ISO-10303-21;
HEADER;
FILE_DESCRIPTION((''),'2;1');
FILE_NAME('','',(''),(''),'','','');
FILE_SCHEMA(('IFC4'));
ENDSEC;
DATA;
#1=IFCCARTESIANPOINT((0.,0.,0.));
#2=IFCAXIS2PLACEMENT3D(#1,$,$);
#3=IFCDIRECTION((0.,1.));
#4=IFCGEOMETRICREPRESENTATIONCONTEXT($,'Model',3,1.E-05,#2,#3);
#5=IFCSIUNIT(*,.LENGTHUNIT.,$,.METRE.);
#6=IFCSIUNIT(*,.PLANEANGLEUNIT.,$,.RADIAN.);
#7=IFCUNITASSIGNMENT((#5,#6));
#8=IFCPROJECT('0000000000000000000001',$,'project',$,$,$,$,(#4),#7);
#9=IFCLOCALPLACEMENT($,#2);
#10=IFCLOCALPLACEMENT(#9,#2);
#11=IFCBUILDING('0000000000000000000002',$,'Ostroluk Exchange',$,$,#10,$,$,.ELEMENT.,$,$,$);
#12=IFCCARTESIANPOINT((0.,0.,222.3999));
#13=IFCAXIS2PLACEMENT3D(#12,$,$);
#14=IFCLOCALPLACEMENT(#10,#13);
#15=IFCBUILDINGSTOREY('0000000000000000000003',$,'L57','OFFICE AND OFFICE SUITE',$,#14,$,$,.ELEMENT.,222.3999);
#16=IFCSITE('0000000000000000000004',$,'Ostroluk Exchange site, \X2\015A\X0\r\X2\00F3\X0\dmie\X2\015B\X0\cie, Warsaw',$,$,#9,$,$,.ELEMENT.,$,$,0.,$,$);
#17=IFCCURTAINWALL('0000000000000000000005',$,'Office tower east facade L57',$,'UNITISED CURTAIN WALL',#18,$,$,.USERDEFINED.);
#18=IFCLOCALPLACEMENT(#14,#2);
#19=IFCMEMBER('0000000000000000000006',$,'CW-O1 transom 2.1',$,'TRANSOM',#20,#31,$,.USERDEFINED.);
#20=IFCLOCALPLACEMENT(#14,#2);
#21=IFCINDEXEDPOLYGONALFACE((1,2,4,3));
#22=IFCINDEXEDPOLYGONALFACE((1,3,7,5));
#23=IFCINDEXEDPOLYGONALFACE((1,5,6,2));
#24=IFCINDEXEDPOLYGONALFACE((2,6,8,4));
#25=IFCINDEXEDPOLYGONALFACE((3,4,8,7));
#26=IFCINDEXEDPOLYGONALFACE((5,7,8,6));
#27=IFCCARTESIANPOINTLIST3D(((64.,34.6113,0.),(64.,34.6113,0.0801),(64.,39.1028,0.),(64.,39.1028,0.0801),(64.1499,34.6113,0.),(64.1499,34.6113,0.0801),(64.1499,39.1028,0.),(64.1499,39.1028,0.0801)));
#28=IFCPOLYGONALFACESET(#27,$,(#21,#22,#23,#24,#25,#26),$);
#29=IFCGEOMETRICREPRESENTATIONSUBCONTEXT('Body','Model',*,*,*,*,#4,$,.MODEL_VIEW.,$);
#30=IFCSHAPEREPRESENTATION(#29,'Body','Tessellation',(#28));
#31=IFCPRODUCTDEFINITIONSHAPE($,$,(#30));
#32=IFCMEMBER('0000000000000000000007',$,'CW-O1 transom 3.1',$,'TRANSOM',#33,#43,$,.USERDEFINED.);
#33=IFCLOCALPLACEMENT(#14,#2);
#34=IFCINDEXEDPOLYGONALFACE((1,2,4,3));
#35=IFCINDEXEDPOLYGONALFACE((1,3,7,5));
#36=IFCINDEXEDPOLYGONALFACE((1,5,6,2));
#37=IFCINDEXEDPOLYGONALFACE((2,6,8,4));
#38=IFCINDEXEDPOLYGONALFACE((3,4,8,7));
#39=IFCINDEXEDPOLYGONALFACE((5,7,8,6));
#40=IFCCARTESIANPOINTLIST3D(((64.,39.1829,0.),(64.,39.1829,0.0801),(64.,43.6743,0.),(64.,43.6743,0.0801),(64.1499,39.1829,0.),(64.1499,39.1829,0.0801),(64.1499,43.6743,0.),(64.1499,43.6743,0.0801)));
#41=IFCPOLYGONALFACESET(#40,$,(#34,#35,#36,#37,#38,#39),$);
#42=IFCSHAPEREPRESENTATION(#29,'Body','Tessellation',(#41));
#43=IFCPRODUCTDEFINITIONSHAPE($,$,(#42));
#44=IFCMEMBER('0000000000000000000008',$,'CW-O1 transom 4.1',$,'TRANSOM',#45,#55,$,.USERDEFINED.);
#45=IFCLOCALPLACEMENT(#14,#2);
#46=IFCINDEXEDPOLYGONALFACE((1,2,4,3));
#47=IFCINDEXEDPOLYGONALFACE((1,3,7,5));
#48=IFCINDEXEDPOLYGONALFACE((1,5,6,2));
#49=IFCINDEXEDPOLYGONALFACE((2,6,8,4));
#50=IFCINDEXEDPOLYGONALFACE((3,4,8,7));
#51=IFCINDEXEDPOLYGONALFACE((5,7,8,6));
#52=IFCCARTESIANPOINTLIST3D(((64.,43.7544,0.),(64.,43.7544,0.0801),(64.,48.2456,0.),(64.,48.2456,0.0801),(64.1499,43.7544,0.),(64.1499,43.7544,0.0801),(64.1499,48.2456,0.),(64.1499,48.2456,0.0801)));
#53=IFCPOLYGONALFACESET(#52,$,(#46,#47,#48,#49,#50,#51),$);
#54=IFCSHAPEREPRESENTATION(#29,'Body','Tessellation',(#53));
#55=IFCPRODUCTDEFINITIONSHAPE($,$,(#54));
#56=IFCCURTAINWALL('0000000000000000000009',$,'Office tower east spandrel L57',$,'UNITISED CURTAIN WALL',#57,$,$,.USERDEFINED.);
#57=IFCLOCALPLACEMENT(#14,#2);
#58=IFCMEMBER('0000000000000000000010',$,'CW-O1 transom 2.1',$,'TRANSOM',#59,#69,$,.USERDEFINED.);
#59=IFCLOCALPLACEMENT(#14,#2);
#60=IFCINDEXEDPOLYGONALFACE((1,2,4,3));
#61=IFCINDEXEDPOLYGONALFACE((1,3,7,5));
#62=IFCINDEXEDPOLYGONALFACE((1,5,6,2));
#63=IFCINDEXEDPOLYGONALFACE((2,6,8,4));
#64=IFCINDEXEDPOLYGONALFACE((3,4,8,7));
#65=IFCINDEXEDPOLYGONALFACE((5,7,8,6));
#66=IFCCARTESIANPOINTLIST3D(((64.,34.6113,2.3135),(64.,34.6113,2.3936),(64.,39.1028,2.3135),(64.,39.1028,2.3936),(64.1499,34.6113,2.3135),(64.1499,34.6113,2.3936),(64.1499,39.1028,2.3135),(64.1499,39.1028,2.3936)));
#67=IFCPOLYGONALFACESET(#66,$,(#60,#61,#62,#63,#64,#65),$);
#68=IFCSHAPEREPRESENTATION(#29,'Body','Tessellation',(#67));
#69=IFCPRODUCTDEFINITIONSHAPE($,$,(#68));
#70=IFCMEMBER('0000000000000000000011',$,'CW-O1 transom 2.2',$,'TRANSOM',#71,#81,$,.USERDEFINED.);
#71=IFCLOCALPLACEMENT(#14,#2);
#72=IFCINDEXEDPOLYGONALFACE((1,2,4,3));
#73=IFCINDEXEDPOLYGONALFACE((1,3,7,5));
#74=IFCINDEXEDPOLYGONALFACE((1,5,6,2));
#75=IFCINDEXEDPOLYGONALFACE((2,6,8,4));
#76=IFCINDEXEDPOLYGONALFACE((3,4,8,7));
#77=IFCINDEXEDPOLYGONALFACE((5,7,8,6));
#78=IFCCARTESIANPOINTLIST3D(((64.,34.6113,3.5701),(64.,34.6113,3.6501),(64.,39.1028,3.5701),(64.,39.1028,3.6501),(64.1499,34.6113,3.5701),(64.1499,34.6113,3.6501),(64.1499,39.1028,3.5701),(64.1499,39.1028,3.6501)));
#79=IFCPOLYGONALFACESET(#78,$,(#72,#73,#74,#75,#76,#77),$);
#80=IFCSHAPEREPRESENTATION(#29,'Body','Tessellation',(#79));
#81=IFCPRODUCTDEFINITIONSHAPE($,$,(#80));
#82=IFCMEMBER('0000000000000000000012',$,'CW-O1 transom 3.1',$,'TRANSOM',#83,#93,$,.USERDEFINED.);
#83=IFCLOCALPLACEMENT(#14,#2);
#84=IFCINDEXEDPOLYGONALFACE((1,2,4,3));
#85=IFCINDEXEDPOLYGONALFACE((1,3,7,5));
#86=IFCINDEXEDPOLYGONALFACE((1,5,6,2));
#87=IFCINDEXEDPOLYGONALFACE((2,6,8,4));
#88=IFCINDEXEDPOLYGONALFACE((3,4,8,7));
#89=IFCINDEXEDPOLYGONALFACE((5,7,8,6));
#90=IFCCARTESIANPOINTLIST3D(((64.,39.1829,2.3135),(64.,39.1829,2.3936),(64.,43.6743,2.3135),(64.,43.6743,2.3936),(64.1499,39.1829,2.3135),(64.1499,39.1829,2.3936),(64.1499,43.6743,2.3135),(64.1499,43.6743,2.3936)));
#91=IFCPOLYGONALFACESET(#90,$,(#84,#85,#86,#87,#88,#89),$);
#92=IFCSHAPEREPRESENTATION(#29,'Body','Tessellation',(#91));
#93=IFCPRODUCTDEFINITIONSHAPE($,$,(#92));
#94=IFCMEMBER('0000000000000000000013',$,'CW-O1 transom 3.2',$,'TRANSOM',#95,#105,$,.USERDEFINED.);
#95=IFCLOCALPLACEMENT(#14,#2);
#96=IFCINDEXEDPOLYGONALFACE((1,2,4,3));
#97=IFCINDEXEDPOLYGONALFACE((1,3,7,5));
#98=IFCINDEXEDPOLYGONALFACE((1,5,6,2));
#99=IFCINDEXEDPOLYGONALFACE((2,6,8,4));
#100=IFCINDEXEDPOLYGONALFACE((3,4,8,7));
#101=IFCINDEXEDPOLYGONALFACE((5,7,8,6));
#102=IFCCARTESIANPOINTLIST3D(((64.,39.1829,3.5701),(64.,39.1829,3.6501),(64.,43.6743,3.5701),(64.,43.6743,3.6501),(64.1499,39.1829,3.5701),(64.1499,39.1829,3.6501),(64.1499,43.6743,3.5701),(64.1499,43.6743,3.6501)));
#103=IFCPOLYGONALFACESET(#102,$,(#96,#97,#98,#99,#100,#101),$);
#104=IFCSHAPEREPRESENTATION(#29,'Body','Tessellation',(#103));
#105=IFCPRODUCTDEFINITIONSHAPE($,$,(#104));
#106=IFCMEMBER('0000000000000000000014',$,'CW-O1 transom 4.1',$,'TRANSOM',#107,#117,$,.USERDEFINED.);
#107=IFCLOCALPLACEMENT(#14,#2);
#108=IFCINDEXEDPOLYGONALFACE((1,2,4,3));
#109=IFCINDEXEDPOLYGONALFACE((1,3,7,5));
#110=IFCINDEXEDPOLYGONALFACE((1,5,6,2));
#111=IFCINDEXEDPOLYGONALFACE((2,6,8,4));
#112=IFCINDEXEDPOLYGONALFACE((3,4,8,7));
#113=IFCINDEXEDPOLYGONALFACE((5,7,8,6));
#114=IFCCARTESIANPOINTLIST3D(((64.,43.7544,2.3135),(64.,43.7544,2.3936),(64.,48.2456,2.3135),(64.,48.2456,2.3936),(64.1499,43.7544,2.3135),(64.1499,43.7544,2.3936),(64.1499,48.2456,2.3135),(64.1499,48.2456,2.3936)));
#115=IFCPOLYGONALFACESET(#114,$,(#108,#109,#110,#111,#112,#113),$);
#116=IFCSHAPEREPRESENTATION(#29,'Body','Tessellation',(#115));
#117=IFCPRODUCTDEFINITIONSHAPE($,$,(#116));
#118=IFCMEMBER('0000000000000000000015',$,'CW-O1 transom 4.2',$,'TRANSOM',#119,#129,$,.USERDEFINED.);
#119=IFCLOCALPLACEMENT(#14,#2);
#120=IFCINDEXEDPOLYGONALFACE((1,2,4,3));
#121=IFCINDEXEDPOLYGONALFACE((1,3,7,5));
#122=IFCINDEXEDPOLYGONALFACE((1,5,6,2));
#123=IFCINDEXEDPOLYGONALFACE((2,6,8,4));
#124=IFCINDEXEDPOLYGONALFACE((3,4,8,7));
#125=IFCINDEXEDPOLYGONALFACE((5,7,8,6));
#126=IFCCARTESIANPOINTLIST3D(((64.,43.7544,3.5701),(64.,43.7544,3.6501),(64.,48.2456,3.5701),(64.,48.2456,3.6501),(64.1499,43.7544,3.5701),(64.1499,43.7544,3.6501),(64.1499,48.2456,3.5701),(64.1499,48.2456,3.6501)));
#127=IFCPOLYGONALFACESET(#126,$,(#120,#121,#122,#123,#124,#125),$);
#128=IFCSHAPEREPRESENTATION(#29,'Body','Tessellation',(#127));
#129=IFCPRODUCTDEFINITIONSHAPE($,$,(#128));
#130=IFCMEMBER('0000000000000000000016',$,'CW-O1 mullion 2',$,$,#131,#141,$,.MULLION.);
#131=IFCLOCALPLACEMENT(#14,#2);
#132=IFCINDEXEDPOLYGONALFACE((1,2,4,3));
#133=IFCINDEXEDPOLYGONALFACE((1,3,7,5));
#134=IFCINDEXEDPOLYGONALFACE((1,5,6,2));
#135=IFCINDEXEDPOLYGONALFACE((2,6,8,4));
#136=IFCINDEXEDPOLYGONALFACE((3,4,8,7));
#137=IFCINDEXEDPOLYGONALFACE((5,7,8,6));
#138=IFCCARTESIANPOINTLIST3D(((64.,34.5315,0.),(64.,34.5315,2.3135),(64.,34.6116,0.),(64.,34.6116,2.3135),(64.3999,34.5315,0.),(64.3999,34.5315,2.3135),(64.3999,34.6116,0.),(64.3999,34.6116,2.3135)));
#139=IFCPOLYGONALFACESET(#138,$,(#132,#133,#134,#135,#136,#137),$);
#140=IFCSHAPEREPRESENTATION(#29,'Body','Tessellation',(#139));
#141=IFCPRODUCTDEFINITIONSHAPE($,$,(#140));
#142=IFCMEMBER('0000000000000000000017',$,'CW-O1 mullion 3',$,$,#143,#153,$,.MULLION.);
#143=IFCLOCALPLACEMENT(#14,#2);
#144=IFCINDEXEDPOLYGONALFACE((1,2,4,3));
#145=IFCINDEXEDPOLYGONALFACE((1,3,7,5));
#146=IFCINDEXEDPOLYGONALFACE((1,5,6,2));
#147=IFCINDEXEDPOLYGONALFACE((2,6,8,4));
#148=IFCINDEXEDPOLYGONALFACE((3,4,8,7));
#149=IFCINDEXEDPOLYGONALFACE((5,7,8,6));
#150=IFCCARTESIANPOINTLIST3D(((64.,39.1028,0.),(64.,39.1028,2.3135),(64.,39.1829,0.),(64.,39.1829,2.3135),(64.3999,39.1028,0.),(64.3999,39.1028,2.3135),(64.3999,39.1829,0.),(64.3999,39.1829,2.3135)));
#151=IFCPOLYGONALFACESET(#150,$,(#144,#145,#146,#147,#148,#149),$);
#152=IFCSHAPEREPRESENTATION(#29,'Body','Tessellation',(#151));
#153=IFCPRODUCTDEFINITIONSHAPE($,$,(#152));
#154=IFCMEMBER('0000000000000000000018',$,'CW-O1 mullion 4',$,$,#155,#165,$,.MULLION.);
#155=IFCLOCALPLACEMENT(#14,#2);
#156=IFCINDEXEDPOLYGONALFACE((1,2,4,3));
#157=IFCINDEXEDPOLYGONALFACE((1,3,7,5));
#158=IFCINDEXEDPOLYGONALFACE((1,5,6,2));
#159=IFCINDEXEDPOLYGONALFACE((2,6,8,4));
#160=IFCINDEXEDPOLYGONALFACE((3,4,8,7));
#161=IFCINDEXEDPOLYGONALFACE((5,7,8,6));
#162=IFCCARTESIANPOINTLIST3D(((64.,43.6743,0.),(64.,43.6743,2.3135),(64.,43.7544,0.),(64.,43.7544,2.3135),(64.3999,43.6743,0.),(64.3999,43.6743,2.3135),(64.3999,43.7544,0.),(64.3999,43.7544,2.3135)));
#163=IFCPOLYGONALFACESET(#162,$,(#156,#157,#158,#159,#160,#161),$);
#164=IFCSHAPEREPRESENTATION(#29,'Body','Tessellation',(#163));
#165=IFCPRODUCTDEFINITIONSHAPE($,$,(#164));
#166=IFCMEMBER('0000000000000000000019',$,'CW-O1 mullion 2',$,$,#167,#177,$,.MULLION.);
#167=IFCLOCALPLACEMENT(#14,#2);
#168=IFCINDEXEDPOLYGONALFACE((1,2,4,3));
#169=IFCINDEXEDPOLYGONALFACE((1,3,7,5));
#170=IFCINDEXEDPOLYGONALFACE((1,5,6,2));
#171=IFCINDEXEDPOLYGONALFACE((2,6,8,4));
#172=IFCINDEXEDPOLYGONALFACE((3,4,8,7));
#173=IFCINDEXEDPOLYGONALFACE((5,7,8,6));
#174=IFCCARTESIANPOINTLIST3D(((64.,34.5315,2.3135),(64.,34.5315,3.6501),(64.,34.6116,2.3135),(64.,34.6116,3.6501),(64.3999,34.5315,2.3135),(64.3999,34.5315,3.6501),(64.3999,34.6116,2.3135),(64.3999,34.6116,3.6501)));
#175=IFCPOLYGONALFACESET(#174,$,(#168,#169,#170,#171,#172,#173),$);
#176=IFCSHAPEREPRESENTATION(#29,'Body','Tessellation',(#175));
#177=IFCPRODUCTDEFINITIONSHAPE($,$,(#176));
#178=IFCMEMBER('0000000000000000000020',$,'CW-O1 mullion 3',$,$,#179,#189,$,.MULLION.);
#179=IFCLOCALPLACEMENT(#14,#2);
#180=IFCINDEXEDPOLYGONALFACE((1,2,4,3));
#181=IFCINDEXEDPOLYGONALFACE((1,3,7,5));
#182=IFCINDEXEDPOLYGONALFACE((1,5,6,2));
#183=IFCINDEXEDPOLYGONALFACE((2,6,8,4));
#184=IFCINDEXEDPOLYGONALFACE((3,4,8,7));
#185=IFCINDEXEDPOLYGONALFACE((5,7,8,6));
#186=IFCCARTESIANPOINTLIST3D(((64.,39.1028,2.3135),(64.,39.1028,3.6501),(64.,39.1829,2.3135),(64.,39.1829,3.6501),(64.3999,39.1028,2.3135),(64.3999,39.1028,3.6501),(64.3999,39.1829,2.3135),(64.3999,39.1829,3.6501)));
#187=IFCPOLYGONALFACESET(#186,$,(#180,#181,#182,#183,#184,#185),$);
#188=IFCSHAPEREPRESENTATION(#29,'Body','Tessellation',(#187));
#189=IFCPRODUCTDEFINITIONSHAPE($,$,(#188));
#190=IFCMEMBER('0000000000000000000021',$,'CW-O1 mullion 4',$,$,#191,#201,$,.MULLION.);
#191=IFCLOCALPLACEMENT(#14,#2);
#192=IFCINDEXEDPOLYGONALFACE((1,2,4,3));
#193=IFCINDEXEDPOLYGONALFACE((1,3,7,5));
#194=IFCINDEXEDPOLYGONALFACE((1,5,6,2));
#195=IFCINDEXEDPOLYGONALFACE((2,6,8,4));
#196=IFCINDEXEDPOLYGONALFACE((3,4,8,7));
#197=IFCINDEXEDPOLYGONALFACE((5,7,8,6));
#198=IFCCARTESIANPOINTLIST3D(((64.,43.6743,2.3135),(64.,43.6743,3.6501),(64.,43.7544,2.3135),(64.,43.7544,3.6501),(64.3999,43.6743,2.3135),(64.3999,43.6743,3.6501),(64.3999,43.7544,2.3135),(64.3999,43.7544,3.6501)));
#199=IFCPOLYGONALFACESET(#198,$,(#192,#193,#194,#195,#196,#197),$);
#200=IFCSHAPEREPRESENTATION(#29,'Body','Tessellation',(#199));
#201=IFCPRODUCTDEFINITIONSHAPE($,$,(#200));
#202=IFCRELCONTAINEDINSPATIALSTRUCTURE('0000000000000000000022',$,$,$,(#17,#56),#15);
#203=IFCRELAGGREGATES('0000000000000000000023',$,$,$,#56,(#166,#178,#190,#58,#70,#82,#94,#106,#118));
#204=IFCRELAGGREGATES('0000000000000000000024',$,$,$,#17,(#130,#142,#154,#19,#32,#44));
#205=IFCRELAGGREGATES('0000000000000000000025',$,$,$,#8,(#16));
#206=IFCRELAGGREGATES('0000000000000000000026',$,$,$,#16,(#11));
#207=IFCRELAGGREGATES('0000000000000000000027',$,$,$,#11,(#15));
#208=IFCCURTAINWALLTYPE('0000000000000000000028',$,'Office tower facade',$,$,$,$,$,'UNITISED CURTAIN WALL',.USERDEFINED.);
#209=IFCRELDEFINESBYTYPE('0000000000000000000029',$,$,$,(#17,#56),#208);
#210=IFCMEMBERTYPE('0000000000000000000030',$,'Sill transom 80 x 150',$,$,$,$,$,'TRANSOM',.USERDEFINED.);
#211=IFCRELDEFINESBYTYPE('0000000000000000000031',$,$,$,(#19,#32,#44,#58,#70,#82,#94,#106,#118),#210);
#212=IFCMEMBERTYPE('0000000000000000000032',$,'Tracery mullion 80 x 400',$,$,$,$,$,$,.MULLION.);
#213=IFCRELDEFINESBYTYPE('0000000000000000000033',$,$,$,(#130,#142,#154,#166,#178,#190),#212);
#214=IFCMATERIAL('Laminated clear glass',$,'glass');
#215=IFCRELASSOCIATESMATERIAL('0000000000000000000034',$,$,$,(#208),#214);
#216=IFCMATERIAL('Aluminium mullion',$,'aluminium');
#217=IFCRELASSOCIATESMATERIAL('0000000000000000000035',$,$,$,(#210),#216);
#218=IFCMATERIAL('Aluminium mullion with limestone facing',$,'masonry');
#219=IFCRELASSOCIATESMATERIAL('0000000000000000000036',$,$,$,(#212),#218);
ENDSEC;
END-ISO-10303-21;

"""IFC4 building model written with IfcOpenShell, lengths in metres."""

from ifc_helpers import new_model, si_unit, direction, frame, origin, origin_2d, place, context, subcontext, project, spatial, rectangle, extrude, material, material_profile, profile_set, type_object, element, aggregate, save


model = new_model("IFC4")

# Units and contexts
model_context = context("Model", 3, precision=1e-05, world=origin(), true_north=direction((0.0, 1.0)))
body_context = subcontext(model_context, "Body", "Model", "MODEL_VIEW")
ifc_project = project(units=[si_unit("LENGTHUNIT", "METRE"), si_unit("PLANEANGLEUNIT", "RADIAN")], contexts=[model_context])

# Site, building, storey
site_placement = place(None, origin())
site = spatial("IfcSite", under=ifc_project, at=site_placement, Name="Ostroluk Exchange site, Śródmieście, Warsaw", CompositionType="ELEMENT", RefElevation=0.0)
building_placement = place(site_placement, origin())
building = spatial("IfcBuilding", under=site, at=building_placement, Name="Ostroluk Exchange", CompositionType="ELEMENT")
storey_placement = place(building_placement, frame((0.0, 0.0, 222.3999)))
storey = spatial("IfcBuildingStorey", under=building, at=storey_placement, Name="L57", Description="OFFICE AND OFFICE SUITE", CompositionType="ELEMENT", Elevation=222.3999)

# Curtain walls, members
ifc_material_1 = material(Name="Laminated clear glass", Category="glass")
curtain_wall_type = type_object("IfcCurtainWallType", Name="Office tower facade", ElementType="UNITISED CURTAIN WALL", PredefinedType="USERDEFINED", material=ifc_material_1)
curtain_wall_1_placement = place(storey_placement, origin())
curtain_wall_1 = element("IfcCurtainWall", 1, at=curtain_wall_1_placement, inside=storey, type_object=curtain_wall_type, Name="Office tower east facade L57", ObjectType="UNITISED CURTAIN WALL", PredefinedType="USERDEFINED")
ifc_material_2 = material(Name="Aluminium mullion", Category="aluminium")
ifc_material_profile_1 = material_profile(ifc_material_2, rectangle(XDim=0.1499, YDim=0.0801, at=origin_2d()), Name="Sill transom 80 x 150")
ifc_profile_set_1 = profile_set([ifc_material_profile_1], Name="Aluminium mullion")
member_type_1 = type_object("IfcMemberType", Name="Sill transom 80 x 150", ElementType="TRANSOM", PredefinedType="USERDEFINED", material=ifc_profile_set_1)
member_1_placement = place(storey_placement, frame((64.075, 34.6113, 0.04), z_axis=(0.0, 1.0, 0.0), x_axis=(-1.0, 0.0, 0.0)))
member_1 = element("IfcMember", 2, at=member_1_placement, type_object=member_type_1, Name="CW-O1 transom 2.1", ObjectType="TRANSOM", PredefinedType="USERDEFINED", context=body_context, shape_type="SweptSolid", body=[
    extrude(rectangle(XDim=0.1499, YDim=0.0801, at=origin_2d()), origin(), (0.0, 0.0, 1.0), 4.4915),
])
member_2_placement = place(storey_placement, frame((64.075, 39.1829, 0.04), z_axis=(0.0, 1.0, 0.0), x_axis=(-1.0, 0.0, 0.0)))
member_2 = element("IfcMember", 3, at=member_2_placement, type_object=member_type_1, Name="CW-O1 transom 3.1", ObjectType="TRANSOM", PredefinedType="USERDEFINED", context=body_context, shape_type="SweptSolid", body=[
    extrude(rectangle(XDim=0.1499, YDim=0.0801, at=origin_2d()), origin(), (0.0, 0.0, 1.0), 4.4915),
])
member_3_placement = place(storey_placement, frame((64.075, 43.7544, 0.04), z_axis=(0.0, 1.0, 0.0), x_axis=(-1.0, 0.0, 0.0)))
member_3 = element("IfcMember", 4, at=member_3_placement, type_object=member_type_1, Name="CW-O1 transom 4.1", ObjectType="TRANSOM", PredefinedType="USERDEFINED", context=body_context, shape_type="SweptSolid", body=[
    extrude(rectangle(XDim=0.1499, YDim=0.0801, at=origin_2d()), origin(), (0.0, 0.0, 1.0), 4.4912),
])
curtain_wall_2_placement = place(storey_placement, origin())
curtain_wall_2 = element("IfcCurtainWall", 5, at=curtain_wall_2_placement, inside=storey, type_object=curtain_wall_type, Name="Office tower east spandrel L57", ObjectType="UNITISED CURTAIN WALL", PredefinedType="USERDEFINED")
member_4_placement = place(storey_placement, frame((64.075, 34.6113, 2.3535), z_axis=(0.0, 1.0, 0.0), x_axis=(-1.0, 0.0, 0.0)))
member_4 = element("IfcMember", 6, at=member_4_placement, type_object=member_type_1, Name="CW-O1 transom 2.1", ObjectType="TRANSOM", PredefinedType="USERDEFINED", context=body_context, shape_type="SweptSolid", body=[
    extrude(rectangle(XDim=0.1499, YDim=0.0801, at=origin_2d()), origin(), (0.0, 0.0, 1.0), 4.4915),
])
member_5_placement = place(storey_placement, frame((64.075, 34.6113, 3.6101), z_axis=(0.0, 1.0, 0.0), x_axis=(-1.0, 0.0, 0.0)))
member_5 = element("IfcMember", 7, at=member_5_placement, type_object=member_type_1, Name="CW-O1 transom 2.2", ObjectType="TRANSOM", PredefinedType="USERDEFINED", context=body_context, shape_type="SweptSolid", body=[
    extrude(rectangle(XDim=0.1499, YDim=0.0801, at=origin_2d()), origin(), (0.0, 0.0, 1.0), 4.4915),
])
member_6_placement = place(storey_placement, frame((64.075, 39.1829, 2.3535), z_axis=(0.0, 1.0, 0.0), x_axis=(-1.0, 0.0, 0.0)))
member_6 = element("IfcMember", 8, at=member_6_placement, type_object=member_type_1, Name="CW-O1 transom 3.1", ObjectType="TRANSOM", PredefinedType="USERDEFINED", context=body_context, shape_type="SweptSolid", body=[
    extrude(rectangle(XDim=0.1499, YDim=0.0801, at=origin_2d()), origin(), (0.0, 0.0, 1.0), 4.4915),
])
member_7_placement = place(storey_placement, frame((64.075, 39.1829, 3.6101), z_axis=(0.0, 1.0, 0.0), x_axis=(-1.0, 0.0, 0.0)))
member_7 = element("IfcMember", 9, at=member_7_placement, type_object=member_type_1, Name="CW-O1 transom 3.2", ObjectType="TRANSOM", PredefinedType="USERDEFINED", context=body_context, shape_type="SweptSolid", body=[
    extrude(rectangle(XDim=0.1499, YDim=0.0801, at=origin_2d()), origin(), (0.0, 0.0, 1.0), 4.4915),
])
member_8_placement = place(storey_placement, frame((64.075, 43.7544, 2.3535), z_axis=(0.0, 1.0, 0.0), x_axis=(-1.0, 0.0, 0.0)))
member_8 = element("IfcMember", 10, at=member_8_placement, type_object=member_type_1, Name="CW-O1 transom 4.1", ObjectType="TRANSOM", PredefinedType="USERDEFINED", context=body_context, shape_type="SweptSolid", body=[
    extrude(rectangle(XDim=0.1499, YDim=0.0801, at=origin_2d()), origin(), (0.0, 0.0, 1.0), 4.4912),
])
member_9_placement = place(storey_placement, frame((64.075, 43.7544, 3.6101), z_axis=(0.0, 1.0, 0.0), x_axis=(-1.0, 0.0, 0.0)))
member_9 = element("IfcMember", 11, at=member_9_placement, type_object=member_type_1, Name="CW-O1 transom 4.2", ObjectType="TRANSOM", PredefinedType="USERDEFINED", context=body_context, shape_type="SweptSolid", body=[
    extrude(rectangle(XDim=0.1499, YDim=0.0801, at=origin_2d()), origin(), (0.0, 0.0, 1.0), 4.4912),
])

# Members
ifc_material_3 = material(Name="Aluminium mullion with limestone facing", Category="masonry")
ifc_material_profile_2 = material_profile(ifc_material_3, rectangle(XDim=0.3999, YDim=0.0801, at=origin_2d()), Name="Tracery mullion 80 x 400")
ifc_profile_set_2 = profile_set([ifc_material_profile_2], Name="Aluminium mullion with limestone facing")
member_type_2 = type_object("IfcMemberType", Name="Tracery mullion 80 x 400", PredefinedType="MULLION", material=ifc_profile_set_2)
member_10_placement = place(storey_placement, frame((64.2, 34.5715, 0.0), z_axis=(0.0, 0.0, 1.0), x_axis=(-1.0, 0.0, 0.0)))
member_10 = element("IfcMember", 12, at=member_10_placement, type_object=member_type_2, Name="CW-O1 mullion 2", PredefinedType="MULLION", context=body_context, shape_type="SweptSolid", body=[
    extrude(rectangle(XDim=0.3999, YDim=0.0801, at=origin_2d()), origin(), (0.0, 0.0, 1.0), 2.3135),
])
member_11_placement = place(storey_placement, frame((64.2, 39.1428, 0.0), z_axis=(0.0, 0.0, 1.0), x_axis=(-1.0, 0.0, 0.0)))
member_11 = element("IfcMember", 13, at=member_11_placement, type_object=member_type_2, Name="CW-O1 mullion 3", PredefinedType="MULLION", context=body_context, shape_type="SweptSolid", body=[
    extrude(rectangle(XDim=0.3999, YDim=0.0801, at=origin_2d()), origin(), (0.0, 0.0, 1.0), 2.3135),
])
member_12_placement = place(storey_placement, frame((64.2, 43.7144, 0.0), z_axis=(0.0, 0.0, 1.0), x_axis=(-1.0, 0.0, 0.0)))
member_12 = element("IfcMember", 14, at=member_12_placement, type_object=member_type_2, Name="CW-O1 mullion 4", PredefinedType="MULLION", context=body_context, shape_type="SweptSolid", body=[
    extrude(rectangle(XDim=0.3999, YDim=0.0801, at=origin_2d()), origin(), (0.0, 0.0, 1.0), 2.3135),
])
member_13_placement = place(storey_placement, frame((64.2, 34.5715, 2.3135), z_axis=(0.0, 0.0, 1.0), x_axis=(-1.0, 0.0, 0.0)))
member_13 = element("IfcMember", 15, at=member_13_placement, type_object=member_type_2, Name="CW-O1 mullion 2", PredefinedType="MULLION", context=body_context, shape_type="SweptSolid", body=[
    extrude(rectangle(XDim=0.3999, YDim=0.0801, at=origin_2d()), origin(), (0.0, 0.0, 1.0), 1.3367),
])
member_14_placement = place(storey_placement, frame((64.2, 39.1428, 2.3135), z_axis=(0.0, 0.0, 1.0), x_axis=(-1.0, 0.0, 0.0)))
member_14 = element("IfcMember", 16, at=member_14_placement, type_object=member_type_2, Name="CW-O1 mullion 3", PredefinedType="MULLION", context=body_context, shape_type="SweptSolid", body=[
    extrude(rectangle(XDim=0.3999, YDim=0.0801, at=origin_2d()), origin(), (0.0, 0.0, 1.0), 1.3367),
])
member_15_placement = place(storey_placement, frame((64.2, 43.7144, 2.3135), z_axis=(0.0, 0.0, 1.0), x_axis=(-1.0, 0.0, 0.0)))
member_15 = element("IfcMember", 17, at=member_15_placement, type_object=member_type_2, Name="CW-O1 mullion 4", PredefinedType="MULLION", context=body_context, shape_type="SweptSolid", body=[
    extrude(rectangle(XDim=0.3999, YDim=0.0801, at=origin_2d()), origin(), (0.0, 0.0, 1.0), 1.3367),
])

aggregate(curtain_wall_2, [member_13, member_14, member_15, member_4, member_5, member_6, member_7, member_8, member_9])
aggregate(curtain_wall_1, [member_10, member_11, member_12, member_1, member_2, member_3])

save(model, "model.ifc")
